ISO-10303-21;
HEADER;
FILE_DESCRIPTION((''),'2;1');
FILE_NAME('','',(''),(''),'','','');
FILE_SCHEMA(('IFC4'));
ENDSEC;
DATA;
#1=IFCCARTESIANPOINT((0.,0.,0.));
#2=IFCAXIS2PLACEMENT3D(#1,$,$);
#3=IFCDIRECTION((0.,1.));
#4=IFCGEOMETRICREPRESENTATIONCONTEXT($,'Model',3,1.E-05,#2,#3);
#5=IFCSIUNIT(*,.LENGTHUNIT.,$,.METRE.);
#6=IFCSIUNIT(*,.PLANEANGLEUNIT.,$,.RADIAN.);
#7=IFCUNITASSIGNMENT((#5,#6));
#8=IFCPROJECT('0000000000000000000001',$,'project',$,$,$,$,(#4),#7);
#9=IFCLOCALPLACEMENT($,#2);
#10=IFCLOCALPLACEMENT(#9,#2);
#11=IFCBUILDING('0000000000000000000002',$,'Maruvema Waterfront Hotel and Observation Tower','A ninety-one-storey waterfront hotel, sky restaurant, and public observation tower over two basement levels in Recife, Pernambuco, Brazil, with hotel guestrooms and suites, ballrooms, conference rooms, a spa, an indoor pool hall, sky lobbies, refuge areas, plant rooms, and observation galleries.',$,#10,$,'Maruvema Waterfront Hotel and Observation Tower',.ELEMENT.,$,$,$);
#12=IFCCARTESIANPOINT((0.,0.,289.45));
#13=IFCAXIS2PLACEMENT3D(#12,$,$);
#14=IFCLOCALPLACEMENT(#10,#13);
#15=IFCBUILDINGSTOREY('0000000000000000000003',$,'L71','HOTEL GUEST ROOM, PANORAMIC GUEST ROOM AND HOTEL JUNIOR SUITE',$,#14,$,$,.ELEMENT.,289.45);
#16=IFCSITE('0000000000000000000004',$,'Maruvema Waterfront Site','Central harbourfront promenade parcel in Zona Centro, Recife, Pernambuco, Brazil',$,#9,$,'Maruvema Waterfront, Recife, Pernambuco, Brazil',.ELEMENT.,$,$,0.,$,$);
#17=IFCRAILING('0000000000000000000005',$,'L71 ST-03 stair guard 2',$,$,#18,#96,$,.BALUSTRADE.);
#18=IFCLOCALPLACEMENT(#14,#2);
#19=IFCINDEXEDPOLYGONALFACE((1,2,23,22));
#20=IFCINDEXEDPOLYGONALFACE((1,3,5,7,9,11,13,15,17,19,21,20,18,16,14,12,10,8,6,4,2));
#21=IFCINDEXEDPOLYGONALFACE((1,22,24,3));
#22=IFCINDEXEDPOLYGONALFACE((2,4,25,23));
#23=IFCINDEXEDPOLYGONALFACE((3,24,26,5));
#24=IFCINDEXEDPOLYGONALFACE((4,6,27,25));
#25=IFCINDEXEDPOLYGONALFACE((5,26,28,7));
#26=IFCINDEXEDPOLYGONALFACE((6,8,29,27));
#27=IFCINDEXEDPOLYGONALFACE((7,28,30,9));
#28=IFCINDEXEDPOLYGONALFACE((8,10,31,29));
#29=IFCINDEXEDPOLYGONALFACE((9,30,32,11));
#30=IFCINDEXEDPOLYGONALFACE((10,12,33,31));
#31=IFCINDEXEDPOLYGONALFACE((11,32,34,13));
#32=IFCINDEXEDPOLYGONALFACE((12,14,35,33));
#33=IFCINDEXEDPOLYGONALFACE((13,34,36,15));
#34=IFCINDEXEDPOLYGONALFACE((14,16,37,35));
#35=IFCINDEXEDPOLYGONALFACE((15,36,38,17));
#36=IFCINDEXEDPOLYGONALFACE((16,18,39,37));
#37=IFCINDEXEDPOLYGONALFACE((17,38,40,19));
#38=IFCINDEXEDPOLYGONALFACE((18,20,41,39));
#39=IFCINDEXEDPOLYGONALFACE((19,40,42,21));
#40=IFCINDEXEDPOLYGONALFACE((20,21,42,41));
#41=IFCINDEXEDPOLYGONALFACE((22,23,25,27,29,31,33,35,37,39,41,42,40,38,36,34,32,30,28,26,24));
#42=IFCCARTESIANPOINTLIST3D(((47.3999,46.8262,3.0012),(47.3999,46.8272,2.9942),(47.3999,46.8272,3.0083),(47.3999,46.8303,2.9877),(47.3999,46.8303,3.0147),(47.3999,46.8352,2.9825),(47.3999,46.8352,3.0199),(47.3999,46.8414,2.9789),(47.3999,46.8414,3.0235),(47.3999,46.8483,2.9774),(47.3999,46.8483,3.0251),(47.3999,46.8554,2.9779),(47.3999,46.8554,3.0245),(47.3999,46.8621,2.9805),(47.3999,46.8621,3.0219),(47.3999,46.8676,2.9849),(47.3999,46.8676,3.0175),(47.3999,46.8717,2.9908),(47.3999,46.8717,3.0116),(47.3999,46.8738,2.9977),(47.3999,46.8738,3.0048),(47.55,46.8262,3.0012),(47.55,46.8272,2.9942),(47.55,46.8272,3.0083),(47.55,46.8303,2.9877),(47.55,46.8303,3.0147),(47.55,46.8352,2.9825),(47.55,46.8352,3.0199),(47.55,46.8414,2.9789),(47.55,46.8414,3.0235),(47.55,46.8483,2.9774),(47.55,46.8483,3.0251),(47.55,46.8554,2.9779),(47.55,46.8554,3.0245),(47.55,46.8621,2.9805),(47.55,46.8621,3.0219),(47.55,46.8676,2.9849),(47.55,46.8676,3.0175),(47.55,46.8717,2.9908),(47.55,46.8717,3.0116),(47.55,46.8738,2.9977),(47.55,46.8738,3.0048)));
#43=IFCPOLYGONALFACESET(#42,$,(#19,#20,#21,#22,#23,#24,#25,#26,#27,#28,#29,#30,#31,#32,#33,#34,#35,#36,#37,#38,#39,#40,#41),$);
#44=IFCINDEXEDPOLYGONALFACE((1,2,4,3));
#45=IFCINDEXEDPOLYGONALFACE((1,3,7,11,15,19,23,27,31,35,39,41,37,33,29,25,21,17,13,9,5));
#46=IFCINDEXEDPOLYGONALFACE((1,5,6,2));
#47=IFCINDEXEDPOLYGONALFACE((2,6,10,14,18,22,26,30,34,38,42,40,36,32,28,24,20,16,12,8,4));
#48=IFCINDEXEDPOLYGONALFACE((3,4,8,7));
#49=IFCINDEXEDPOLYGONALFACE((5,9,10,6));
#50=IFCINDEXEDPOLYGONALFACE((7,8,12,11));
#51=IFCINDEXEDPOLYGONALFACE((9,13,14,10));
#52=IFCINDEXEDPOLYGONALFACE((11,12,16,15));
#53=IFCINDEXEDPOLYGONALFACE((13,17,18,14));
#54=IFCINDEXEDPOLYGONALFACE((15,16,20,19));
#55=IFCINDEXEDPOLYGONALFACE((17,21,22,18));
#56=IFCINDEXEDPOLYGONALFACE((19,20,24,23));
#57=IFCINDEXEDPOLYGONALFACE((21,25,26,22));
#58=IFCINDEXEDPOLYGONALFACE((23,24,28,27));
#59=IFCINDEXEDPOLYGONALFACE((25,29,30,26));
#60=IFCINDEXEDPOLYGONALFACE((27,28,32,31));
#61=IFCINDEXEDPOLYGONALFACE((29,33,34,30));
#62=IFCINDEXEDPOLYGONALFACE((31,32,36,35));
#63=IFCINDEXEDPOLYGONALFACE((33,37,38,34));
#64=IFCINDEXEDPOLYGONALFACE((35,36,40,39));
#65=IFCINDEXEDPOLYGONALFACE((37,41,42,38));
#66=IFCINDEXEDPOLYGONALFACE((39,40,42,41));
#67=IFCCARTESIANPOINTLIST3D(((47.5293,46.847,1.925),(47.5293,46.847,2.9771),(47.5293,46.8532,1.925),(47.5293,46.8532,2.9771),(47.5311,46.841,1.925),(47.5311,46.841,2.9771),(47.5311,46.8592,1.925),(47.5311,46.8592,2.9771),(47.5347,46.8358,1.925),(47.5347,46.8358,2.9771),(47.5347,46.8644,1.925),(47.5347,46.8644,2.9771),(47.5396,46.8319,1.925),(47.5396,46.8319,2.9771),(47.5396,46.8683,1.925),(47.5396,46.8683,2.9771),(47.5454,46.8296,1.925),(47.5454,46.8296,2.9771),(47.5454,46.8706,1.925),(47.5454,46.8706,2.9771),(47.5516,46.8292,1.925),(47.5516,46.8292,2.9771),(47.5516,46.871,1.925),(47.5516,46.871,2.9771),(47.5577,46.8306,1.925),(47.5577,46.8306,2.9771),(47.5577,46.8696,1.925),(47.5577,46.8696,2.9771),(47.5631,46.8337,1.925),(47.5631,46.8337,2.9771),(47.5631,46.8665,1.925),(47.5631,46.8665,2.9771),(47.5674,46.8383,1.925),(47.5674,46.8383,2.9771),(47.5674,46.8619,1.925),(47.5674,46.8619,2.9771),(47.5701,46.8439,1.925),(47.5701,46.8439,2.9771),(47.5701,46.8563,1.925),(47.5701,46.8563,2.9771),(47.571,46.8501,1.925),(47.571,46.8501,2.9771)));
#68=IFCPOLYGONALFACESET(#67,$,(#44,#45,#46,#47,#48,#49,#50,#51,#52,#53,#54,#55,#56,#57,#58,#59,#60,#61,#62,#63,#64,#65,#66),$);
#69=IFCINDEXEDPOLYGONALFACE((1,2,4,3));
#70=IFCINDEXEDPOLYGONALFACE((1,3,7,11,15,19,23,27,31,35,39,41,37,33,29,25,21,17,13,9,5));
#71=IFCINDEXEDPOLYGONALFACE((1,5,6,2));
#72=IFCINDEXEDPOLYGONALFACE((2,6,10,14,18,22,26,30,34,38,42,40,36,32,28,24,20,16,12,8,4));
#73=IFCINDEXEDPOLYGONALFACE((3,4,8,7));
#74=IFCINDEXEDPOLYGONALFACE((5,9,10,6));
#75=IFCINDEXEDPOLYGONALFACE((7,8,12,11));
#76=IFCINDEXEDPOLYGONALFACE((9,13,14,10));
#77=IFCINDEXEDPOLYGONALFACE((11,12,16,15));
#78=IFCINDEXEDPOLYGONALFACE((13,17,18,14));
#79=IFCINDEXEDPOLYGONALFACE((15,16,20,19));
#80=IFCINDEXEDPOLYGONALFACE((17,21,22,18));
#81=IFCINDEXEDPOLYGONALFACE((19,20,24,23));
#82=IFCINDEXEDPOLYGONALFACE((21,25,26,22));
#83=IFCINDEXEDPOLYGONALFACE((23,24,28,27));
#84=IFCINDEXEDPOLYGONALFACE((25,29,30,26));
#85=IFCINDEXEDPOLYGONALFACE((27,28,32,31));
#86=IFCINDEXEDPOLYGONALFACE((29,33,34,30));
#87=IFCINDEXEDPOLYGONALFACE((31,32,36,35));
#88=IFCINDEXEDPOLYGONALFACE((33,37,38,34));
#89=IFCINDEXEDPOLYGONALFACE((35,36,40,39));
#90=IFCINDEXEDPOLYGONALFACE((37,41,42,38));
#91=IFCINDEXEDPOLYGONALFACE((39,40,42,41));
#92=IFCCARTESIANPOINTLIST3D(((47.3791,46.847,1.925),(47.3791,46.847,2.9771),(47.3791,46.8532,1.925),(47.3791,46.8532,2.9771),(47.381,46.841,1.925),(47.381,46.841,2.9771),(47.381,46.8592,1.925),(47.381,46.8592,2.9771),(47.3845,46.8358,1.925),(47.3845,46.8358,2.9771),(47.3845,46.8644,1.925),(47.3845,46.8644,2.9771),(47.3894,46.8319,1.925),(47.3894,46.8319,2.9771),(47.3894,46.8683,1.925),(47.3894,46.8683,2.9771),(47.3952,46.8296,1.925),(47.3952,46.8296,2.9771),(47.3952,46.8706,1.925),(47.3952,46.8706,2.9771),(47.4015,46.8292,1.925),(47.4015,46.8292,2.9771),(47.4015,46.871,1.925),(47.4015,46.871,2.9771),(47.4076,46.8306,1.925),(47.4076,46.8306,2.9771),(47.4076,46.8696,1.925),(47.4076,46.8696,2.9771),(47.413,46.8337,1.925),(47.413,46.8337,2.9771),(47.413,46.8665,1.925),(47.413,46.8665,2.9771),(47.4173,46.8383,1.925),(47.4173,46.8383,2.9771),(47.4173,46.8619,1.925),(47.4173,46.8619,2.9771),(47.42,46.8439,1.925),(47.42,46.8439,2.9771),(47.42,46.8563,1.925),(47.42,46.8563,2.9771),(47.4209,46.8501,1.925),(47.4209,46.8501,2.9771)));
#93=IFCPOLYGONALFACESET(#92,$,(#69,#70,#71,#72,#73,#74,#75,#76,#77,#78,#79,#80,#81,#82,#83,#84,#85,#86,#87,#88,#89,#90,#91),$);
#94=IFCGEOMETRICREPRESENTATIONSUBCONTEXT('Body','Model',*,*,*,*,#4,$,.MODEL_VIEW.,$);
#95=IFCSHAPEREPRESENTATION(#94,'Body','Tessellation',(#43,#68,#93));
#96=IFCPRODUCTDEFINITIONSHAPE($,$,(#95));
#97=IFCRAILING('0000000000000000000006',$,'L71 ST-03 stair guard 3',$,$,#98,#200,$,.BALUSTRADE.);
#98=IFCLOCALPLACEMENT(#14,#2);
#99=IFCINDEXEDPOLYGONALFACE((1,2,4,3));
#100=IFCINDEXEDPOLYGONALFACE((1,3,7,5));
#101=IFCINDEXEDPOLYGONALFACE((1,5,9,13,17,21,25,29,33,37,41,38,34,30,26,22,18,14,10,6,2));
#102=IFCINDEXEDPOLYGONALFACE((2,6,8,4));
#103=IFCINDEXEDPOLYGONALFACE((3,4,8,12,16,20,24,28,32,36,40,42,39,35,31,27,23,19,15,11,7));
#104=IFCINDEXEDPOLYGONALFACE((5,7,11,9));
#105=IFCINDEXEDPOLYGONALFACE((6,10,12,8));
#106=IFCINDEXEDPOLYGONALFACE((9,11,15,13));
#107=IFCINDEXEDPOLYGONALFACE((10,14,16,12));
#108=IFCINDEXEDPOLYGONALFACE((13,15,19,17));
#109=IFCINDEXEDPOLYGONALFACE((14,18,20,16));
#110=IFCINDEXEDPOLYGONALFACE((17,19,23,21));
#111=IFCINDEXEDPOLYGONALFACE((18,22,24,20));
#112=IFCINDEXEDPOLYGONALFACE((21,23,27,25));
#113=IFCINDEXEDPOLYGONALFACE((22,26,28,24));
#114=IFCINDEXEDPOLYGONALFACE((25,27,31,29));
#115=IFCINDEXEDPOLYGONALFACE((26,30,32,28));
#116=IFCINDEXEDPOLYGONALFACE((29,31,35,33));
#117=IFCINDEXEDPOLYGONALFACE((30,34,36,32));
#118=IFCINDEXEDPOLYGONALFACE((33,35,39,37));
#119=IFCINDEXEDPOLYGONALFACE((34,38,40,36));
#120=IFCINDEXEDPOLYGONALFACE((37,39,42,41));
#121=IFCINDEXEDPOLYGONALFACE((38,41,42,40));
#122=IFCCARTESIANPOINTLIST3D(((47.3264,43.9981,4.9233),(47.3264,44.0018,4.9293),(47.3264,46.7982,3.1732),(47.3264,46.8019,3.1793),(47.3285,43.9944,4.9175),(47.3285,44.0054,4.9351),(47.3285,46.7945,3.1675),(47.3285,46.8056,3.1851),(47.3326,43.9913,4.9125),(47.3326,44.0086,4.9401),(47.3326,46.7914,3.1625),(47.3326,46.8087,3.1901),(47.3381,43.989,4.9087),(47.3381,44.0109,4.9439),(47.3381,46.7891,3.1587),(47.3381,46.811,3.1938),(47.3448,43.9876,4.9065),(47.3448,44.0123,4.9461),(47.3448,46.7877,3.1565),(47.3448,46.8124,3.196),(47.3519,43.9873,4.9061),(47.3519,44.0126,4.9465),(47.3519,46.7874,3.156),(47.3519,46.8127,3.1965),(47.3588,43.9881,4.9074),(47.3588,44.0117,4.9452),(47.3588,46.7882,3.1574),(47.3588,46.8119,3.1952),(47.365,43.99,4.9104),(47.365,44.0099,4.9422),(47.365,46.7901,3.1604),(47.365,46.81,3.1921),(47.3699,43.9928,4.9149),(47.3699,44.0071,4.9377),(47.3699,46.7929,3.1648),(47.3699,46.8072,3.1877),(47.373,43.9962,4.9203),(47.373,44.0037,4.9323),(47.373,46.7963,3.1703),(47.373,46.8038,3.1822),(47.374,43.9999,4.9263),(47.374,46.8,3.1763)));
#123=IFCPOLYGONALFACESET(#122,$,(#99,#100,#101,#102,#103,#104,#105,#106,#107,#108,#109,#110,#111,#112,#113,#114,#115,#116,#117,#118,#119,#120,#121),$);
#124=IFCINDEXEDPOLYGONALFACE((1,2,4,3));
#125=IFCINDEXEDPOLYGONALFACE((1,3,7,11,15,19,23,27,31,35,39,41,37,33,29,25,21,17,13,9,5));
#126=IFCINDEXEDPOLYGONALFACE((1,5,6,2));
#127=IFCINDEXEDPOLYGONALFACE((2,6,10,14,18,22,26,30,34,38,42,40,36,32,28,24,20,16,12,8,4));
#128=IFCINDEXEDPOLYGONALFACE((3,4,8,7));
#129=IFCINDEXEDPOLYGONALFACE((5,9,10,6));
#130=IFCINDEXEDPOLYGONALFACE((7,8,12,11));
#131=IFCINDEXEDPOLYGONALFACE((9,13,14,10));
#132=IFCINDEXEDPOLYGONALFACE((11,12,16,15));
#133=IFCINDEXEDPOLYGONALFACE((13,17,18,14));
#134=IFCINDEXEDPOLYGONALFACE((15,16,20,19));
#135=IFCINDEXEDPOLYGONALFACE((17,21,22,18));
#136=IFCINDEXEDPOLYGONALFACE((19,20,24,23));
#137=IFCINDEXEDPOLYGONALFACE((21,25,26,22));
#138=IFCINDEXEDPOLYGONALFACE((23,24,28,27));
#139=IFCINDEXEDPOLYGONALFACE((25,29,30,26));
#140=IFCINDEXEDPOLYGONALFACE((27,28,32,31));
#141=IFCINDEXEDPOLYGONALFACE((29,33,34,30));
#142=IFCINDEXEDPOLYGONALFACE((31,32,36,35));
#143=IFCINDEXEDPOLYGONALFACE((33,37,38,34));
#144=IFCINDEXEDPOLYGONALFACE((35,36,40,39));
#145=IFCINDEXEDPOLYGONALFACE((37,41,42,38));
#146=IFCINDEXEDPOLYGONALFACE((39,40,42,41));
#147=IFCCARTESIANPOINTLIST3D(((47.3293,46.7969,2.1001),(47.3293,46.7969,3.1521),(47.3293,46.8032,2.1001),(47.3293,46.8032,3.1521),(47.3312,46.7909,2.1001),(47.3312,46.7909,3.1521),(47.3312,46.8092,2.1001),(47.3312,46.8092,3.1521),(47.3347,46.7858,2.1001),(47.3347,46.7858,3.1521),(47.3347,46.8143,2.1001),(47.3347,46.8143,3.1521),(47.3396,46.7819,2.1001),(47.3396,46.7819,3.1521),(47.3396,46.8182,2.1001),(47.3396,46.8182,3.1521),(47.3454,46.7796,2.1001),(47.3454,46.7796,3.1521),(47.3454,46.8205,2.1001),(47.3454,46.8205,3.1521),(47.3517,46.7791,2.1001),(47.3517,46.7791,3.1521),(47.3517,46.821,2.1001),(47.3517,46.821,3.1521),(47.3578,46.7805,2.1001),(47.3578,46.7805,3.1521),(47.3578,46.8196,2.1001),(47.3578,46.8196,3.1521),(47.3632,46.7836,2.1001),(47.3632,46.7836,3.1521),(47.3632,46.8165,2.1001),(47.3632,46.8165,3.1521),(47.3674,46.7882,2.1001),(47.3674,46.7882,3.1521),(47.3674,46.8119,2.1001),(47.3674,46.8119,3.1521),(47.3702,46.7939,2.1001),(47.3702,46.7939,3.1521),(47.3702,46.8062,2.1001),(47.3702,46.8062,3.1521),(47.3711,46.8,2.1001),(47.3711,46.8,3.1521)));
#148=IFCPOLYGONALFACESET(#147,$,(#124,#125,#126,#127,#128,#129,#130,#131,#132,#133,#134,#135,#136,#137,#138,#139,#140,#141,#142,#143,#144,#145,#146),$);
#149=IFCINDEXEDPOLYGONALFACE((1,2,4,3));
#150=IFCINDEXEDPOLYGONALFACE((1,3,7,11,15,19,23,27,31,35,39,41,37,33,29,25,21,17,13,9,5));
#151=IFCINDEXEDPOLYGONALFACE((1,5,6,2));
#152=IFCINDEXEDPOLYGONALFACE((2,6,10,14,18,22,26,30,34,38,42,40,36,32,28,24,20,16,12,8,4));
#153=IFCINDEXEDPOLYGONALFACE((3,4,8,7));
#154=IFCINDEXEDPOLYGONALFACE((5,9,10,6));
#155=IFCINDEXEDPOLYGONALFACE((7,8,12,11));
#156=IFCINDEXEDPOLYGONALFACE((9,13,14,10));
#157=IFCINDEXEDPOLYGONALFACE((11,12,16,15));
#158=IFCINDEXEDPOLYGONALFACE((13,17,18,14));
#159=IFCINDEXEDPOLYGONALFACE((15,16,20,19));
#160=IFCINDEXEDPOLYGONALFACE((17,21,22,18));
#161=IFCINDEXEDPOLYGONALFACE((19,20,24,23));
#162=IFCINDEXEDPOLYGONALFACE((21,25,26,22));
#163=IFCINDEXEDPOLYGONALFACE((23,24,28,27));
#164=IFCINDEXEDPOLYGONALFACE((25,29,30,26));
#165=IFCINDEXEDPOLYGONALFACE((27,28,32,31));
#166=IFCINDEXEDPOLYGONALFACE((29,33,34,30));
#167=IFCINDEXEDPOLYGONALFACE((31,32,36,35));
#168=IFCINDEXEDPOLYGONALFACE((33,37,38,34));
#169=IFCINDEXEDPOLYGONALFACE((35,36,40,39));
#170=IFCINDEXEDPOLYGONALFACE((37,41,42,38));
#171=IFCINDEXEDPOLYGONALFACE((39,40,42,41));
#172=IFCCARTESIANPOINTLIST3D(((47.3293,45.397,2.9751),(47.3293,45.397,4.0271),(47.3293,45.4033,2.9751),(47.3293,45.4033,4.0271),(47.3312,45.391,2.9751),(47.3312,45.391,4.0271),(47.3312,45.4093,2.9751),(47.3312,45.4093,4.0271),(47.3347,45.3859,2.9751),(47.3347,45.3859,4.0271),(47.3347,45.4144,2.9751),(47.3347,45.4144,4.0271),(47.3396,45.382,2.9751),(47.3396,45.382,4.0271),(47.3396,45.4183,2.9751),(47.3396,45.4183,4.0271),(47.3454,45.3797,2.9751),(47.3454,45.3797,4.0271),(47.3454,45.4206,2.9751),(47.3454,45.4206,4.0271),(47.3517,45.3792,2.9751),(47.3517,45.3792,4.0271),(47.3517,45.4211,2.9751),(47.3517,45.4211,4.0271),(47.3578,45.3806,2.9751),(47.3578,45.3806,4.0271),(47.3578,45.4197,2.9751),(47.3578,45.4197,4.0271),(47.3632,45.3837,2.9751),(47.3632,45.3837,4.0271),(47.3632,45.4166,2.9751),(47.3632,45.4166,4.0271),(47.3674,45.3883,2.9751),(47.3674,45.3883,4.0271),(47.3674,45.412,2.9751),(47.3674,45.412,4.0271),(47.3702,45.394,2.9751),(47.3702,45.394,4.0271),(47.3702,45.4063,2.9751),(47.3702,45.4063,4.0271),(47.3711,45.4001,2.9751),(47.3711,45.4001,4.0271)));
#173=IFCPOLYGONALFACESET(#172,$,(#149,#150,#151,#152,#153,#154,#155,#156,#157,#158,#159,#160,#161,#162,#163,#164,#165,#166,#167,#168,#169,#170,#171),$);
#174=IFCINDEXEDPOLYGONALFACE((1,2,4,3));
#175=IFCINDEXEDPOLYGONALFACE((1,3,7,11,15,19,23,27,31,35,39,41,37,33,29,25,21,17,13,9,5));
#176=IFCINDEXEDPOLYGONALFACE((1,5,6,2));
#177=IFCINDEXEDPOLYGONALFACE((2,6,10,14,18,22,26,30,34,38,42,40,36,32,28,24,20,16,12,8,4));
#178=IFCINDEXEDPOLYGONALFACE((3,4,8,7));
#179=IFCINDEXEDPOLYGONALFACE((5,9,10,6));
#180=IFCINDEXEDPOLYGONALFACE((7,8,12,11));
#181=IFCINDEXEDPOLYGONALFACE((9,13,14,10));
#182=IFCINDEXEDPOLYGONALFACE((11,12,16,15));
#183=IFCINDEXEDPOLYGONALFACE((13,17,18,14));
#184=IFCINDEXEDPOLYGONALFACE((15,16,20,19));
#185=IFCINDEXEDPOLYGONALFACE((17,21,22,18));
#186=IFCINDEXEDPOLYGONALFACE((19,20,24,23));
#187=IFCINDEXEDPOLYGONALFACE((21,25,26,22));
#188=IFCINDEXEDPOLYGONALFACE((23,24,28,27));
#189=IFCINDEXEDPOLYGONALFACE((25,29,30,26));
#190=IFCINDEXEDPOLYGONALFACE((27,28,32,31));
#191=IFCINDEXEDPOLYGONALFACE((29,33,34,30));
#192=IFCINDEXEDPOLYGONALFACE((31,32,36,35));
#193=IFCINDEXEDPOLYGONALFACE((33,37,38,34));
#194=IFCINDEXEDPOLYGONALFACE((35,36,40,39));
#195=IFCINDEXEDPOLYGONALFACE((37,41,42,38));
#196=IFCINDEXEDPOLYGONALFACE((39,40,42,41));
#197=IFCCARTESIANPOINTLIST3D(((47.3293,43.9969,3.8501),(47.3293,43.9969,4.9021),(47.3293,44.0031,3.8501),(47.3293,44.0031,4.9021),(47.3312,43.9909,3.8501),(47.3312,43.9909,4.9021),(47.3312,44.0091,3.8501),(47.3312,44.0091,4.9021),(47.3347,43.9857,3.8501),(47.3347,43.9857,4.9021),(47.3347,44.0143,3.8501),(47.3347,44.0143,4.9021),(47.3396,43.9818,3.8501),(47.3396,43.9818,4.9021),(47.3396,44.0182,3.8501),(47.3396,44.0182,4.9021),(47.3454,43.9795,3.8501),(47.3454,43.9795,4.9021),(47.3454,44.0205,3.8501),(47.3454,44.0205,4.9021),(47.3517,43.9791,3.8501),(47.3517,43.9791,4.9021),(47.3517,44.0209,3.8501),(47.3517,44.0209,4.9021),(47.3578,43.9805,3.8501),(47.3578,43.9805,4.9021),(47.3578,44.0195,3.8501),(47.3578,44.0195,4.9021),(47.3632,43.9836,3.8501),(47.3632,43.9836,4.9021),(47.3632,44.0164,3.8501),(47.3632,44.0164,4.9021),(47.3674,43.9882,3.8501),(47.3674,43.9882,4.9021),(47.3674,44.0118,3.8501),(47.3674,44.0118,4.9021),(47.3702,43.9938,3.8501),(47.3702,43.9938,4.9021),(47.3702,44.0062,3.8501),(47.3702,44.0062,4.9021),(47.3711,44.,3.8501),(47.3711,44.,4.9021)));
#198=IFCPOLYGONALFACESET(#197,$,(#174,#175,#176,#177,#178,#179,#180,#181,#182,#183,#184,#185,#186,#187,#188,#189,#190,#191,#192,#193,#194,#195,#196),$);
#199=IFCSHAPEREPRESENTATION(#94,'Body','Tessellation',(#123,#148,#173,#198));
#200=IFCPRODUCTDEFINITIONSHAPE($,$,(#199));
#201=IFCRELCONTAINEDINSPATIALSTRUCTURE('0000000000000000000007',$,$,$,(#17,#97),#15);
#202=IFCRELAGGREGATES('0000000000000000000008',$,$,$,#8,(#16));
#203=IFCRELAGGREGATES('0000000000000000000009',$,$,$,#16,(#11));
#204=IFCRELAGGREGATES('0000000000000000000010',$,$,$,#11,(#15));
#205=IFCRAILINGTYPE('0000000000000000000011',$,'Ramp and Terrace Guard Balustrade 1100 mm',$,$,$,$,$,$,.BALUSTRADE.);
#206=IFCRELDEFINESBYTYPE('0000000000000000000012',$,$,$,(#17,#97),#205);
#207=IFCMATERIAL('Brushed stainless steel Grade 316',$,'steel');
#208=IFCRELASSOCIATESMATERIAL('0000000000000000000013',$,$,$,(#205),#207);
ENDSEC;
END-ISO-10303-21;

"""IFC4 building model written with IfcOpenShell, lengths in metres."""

from ifc_helpers import new_model, si_unit, direction, frame, origin, origin_2d, place, context, subcontext, project, spatial, circle, extrude, material, type_object, element, save


model = new_model("IFC4")

# Units and contexts
model_context = context("Model", 3, precision=1e-05, world=origin(), true_north=direction((0.0, 1.0)))
body_context = subcontext(model_context, "Body", "Model", "MODEL_VIEW")
ifc_project = project(units=[si_unit("LENGTHUNIT", "METRE"), si_unit("PLANEANGLEUNIT", "RADIAN")], contexts=[model_context])

# Site, building, storey
site_placement = place(None, origin())
site = spatial("IfcSite", under=ifc_project, at=site_placement, Name="Maruvema Waterfront Site", Description="Central harbourfront promenade parcel in Zona Centro, Recife, Pernambuco, Brazil", LongName="Maruvema Waterfront, Recife, Pernambuco, Brazil", CompositionType="ELEMENT", RefElevation=0.0)
building_placement = place(site_placement, origin())
building = spatial("IfcBuilding", under=site, at=building_placement, Name="Maruvema Waterfront Hotel and Observation Tower", Description="A ninety-one-storey waterfront hotel, sky restaurant, and public observation tower over two basement levels in Recife, Pernambuco, Brazil, with hotel guestrooms and suites, ballrooms, conference rooms, a spa, an indoor pool hall, sky lobbies, refuge areas, plant rooms, and observation galleries.", LongName="Maruvema Waterfront Hotel and Observation Tower", CompositionType="ELEMENT")
storey_placement = place(building_placement, frame((0.0, 0.0, 289.45)))
storey = spatial("IfcBuildingStorey", under=building, at=storey_placement, Name="L71", Description="HOTEL GUEST ROOM, PANORAMIC GUEST ROOM AND HOTEL JUNIOR SUITE", CompositionType="ELEMENT", Elevation=289.45)

# Railings
ifc_material_1 = material(Name="Brushed stainless steel Grade 316", Category="steel")
railing_type_1 = type_object("IfcRailingType", Name="Ramp and Terrace Guard Balustrade 1100 mm", PredefinedType="BALUSTRADE", material=ifc_material_1)
railing_1_placement = place(storey_placement, frame((47.55, 46.8501, 1.925)))
element("IfcRailing", 1, at=railing_1_placement, inside=storey, type_object=railing_type_1, Name="L71 ST-03 stair guard 2", PredefinedType="BALUSTRADE", context=body_context, shape_type="SweptSolid", body=[
    extrude(circle(Radius=0.0239, at=origin_2d()), frame((0.0, 0.0, 1.0762), z_axis=(-1.0, 0.0, 0.0), x_axis=(0.0, -1.0, 0.0)), (0.0, 0.0, 1.0), 0.1501),
    extrude(circle(Radius=0.021, at=origin_2d()), origin(), (0.0, 0.0, 1.0), 1.052),
    extrude(circle(Radius=0.021, at=origin_2d()), frame((-0.1501, 0.0, 0.0)), (0.0, 0.0, 1.0), 1.052),
])
railing_2_placement = place(storey_placement, frame((47.3501, 46.8, 2.1001)))
element("IfcRailing", 2, at=railing_2_placement, inside=storey, type_object=railing_type_1, Name="L71 ST-03 stair guard 3", PredefinedType="BALUSTRADE", context=body_context, shape_type="SweptSolid", body=[
    extrude(circle(Radius=0.0239, at=origin_2d()), frame((0.0, 0.0, 1.0762), z_axis=(0.0, -0.848002, 0.529992), x_axis=(1.0, 0.0, 0.0)), (0.0, 0.0, 1.0), 3.302),
    extrude(circle(Radius=0.021, at=origin_2d()), origin(), (0.0, 0.0, 1.0), 1.052),
    extrude(circle(Radius=0.021, at=origin_2d()), frame((0.0, -1.3999, 0.875)), (0.0, 0.0, 1.0), 1.052),
    extrude(circle(Radius=0.021, at=origin_2d()), frame((0.0, -2.8, 1.75)), (0.0, 0.0, 1.0), 1.052),
])

save(model, "model.ifc")
